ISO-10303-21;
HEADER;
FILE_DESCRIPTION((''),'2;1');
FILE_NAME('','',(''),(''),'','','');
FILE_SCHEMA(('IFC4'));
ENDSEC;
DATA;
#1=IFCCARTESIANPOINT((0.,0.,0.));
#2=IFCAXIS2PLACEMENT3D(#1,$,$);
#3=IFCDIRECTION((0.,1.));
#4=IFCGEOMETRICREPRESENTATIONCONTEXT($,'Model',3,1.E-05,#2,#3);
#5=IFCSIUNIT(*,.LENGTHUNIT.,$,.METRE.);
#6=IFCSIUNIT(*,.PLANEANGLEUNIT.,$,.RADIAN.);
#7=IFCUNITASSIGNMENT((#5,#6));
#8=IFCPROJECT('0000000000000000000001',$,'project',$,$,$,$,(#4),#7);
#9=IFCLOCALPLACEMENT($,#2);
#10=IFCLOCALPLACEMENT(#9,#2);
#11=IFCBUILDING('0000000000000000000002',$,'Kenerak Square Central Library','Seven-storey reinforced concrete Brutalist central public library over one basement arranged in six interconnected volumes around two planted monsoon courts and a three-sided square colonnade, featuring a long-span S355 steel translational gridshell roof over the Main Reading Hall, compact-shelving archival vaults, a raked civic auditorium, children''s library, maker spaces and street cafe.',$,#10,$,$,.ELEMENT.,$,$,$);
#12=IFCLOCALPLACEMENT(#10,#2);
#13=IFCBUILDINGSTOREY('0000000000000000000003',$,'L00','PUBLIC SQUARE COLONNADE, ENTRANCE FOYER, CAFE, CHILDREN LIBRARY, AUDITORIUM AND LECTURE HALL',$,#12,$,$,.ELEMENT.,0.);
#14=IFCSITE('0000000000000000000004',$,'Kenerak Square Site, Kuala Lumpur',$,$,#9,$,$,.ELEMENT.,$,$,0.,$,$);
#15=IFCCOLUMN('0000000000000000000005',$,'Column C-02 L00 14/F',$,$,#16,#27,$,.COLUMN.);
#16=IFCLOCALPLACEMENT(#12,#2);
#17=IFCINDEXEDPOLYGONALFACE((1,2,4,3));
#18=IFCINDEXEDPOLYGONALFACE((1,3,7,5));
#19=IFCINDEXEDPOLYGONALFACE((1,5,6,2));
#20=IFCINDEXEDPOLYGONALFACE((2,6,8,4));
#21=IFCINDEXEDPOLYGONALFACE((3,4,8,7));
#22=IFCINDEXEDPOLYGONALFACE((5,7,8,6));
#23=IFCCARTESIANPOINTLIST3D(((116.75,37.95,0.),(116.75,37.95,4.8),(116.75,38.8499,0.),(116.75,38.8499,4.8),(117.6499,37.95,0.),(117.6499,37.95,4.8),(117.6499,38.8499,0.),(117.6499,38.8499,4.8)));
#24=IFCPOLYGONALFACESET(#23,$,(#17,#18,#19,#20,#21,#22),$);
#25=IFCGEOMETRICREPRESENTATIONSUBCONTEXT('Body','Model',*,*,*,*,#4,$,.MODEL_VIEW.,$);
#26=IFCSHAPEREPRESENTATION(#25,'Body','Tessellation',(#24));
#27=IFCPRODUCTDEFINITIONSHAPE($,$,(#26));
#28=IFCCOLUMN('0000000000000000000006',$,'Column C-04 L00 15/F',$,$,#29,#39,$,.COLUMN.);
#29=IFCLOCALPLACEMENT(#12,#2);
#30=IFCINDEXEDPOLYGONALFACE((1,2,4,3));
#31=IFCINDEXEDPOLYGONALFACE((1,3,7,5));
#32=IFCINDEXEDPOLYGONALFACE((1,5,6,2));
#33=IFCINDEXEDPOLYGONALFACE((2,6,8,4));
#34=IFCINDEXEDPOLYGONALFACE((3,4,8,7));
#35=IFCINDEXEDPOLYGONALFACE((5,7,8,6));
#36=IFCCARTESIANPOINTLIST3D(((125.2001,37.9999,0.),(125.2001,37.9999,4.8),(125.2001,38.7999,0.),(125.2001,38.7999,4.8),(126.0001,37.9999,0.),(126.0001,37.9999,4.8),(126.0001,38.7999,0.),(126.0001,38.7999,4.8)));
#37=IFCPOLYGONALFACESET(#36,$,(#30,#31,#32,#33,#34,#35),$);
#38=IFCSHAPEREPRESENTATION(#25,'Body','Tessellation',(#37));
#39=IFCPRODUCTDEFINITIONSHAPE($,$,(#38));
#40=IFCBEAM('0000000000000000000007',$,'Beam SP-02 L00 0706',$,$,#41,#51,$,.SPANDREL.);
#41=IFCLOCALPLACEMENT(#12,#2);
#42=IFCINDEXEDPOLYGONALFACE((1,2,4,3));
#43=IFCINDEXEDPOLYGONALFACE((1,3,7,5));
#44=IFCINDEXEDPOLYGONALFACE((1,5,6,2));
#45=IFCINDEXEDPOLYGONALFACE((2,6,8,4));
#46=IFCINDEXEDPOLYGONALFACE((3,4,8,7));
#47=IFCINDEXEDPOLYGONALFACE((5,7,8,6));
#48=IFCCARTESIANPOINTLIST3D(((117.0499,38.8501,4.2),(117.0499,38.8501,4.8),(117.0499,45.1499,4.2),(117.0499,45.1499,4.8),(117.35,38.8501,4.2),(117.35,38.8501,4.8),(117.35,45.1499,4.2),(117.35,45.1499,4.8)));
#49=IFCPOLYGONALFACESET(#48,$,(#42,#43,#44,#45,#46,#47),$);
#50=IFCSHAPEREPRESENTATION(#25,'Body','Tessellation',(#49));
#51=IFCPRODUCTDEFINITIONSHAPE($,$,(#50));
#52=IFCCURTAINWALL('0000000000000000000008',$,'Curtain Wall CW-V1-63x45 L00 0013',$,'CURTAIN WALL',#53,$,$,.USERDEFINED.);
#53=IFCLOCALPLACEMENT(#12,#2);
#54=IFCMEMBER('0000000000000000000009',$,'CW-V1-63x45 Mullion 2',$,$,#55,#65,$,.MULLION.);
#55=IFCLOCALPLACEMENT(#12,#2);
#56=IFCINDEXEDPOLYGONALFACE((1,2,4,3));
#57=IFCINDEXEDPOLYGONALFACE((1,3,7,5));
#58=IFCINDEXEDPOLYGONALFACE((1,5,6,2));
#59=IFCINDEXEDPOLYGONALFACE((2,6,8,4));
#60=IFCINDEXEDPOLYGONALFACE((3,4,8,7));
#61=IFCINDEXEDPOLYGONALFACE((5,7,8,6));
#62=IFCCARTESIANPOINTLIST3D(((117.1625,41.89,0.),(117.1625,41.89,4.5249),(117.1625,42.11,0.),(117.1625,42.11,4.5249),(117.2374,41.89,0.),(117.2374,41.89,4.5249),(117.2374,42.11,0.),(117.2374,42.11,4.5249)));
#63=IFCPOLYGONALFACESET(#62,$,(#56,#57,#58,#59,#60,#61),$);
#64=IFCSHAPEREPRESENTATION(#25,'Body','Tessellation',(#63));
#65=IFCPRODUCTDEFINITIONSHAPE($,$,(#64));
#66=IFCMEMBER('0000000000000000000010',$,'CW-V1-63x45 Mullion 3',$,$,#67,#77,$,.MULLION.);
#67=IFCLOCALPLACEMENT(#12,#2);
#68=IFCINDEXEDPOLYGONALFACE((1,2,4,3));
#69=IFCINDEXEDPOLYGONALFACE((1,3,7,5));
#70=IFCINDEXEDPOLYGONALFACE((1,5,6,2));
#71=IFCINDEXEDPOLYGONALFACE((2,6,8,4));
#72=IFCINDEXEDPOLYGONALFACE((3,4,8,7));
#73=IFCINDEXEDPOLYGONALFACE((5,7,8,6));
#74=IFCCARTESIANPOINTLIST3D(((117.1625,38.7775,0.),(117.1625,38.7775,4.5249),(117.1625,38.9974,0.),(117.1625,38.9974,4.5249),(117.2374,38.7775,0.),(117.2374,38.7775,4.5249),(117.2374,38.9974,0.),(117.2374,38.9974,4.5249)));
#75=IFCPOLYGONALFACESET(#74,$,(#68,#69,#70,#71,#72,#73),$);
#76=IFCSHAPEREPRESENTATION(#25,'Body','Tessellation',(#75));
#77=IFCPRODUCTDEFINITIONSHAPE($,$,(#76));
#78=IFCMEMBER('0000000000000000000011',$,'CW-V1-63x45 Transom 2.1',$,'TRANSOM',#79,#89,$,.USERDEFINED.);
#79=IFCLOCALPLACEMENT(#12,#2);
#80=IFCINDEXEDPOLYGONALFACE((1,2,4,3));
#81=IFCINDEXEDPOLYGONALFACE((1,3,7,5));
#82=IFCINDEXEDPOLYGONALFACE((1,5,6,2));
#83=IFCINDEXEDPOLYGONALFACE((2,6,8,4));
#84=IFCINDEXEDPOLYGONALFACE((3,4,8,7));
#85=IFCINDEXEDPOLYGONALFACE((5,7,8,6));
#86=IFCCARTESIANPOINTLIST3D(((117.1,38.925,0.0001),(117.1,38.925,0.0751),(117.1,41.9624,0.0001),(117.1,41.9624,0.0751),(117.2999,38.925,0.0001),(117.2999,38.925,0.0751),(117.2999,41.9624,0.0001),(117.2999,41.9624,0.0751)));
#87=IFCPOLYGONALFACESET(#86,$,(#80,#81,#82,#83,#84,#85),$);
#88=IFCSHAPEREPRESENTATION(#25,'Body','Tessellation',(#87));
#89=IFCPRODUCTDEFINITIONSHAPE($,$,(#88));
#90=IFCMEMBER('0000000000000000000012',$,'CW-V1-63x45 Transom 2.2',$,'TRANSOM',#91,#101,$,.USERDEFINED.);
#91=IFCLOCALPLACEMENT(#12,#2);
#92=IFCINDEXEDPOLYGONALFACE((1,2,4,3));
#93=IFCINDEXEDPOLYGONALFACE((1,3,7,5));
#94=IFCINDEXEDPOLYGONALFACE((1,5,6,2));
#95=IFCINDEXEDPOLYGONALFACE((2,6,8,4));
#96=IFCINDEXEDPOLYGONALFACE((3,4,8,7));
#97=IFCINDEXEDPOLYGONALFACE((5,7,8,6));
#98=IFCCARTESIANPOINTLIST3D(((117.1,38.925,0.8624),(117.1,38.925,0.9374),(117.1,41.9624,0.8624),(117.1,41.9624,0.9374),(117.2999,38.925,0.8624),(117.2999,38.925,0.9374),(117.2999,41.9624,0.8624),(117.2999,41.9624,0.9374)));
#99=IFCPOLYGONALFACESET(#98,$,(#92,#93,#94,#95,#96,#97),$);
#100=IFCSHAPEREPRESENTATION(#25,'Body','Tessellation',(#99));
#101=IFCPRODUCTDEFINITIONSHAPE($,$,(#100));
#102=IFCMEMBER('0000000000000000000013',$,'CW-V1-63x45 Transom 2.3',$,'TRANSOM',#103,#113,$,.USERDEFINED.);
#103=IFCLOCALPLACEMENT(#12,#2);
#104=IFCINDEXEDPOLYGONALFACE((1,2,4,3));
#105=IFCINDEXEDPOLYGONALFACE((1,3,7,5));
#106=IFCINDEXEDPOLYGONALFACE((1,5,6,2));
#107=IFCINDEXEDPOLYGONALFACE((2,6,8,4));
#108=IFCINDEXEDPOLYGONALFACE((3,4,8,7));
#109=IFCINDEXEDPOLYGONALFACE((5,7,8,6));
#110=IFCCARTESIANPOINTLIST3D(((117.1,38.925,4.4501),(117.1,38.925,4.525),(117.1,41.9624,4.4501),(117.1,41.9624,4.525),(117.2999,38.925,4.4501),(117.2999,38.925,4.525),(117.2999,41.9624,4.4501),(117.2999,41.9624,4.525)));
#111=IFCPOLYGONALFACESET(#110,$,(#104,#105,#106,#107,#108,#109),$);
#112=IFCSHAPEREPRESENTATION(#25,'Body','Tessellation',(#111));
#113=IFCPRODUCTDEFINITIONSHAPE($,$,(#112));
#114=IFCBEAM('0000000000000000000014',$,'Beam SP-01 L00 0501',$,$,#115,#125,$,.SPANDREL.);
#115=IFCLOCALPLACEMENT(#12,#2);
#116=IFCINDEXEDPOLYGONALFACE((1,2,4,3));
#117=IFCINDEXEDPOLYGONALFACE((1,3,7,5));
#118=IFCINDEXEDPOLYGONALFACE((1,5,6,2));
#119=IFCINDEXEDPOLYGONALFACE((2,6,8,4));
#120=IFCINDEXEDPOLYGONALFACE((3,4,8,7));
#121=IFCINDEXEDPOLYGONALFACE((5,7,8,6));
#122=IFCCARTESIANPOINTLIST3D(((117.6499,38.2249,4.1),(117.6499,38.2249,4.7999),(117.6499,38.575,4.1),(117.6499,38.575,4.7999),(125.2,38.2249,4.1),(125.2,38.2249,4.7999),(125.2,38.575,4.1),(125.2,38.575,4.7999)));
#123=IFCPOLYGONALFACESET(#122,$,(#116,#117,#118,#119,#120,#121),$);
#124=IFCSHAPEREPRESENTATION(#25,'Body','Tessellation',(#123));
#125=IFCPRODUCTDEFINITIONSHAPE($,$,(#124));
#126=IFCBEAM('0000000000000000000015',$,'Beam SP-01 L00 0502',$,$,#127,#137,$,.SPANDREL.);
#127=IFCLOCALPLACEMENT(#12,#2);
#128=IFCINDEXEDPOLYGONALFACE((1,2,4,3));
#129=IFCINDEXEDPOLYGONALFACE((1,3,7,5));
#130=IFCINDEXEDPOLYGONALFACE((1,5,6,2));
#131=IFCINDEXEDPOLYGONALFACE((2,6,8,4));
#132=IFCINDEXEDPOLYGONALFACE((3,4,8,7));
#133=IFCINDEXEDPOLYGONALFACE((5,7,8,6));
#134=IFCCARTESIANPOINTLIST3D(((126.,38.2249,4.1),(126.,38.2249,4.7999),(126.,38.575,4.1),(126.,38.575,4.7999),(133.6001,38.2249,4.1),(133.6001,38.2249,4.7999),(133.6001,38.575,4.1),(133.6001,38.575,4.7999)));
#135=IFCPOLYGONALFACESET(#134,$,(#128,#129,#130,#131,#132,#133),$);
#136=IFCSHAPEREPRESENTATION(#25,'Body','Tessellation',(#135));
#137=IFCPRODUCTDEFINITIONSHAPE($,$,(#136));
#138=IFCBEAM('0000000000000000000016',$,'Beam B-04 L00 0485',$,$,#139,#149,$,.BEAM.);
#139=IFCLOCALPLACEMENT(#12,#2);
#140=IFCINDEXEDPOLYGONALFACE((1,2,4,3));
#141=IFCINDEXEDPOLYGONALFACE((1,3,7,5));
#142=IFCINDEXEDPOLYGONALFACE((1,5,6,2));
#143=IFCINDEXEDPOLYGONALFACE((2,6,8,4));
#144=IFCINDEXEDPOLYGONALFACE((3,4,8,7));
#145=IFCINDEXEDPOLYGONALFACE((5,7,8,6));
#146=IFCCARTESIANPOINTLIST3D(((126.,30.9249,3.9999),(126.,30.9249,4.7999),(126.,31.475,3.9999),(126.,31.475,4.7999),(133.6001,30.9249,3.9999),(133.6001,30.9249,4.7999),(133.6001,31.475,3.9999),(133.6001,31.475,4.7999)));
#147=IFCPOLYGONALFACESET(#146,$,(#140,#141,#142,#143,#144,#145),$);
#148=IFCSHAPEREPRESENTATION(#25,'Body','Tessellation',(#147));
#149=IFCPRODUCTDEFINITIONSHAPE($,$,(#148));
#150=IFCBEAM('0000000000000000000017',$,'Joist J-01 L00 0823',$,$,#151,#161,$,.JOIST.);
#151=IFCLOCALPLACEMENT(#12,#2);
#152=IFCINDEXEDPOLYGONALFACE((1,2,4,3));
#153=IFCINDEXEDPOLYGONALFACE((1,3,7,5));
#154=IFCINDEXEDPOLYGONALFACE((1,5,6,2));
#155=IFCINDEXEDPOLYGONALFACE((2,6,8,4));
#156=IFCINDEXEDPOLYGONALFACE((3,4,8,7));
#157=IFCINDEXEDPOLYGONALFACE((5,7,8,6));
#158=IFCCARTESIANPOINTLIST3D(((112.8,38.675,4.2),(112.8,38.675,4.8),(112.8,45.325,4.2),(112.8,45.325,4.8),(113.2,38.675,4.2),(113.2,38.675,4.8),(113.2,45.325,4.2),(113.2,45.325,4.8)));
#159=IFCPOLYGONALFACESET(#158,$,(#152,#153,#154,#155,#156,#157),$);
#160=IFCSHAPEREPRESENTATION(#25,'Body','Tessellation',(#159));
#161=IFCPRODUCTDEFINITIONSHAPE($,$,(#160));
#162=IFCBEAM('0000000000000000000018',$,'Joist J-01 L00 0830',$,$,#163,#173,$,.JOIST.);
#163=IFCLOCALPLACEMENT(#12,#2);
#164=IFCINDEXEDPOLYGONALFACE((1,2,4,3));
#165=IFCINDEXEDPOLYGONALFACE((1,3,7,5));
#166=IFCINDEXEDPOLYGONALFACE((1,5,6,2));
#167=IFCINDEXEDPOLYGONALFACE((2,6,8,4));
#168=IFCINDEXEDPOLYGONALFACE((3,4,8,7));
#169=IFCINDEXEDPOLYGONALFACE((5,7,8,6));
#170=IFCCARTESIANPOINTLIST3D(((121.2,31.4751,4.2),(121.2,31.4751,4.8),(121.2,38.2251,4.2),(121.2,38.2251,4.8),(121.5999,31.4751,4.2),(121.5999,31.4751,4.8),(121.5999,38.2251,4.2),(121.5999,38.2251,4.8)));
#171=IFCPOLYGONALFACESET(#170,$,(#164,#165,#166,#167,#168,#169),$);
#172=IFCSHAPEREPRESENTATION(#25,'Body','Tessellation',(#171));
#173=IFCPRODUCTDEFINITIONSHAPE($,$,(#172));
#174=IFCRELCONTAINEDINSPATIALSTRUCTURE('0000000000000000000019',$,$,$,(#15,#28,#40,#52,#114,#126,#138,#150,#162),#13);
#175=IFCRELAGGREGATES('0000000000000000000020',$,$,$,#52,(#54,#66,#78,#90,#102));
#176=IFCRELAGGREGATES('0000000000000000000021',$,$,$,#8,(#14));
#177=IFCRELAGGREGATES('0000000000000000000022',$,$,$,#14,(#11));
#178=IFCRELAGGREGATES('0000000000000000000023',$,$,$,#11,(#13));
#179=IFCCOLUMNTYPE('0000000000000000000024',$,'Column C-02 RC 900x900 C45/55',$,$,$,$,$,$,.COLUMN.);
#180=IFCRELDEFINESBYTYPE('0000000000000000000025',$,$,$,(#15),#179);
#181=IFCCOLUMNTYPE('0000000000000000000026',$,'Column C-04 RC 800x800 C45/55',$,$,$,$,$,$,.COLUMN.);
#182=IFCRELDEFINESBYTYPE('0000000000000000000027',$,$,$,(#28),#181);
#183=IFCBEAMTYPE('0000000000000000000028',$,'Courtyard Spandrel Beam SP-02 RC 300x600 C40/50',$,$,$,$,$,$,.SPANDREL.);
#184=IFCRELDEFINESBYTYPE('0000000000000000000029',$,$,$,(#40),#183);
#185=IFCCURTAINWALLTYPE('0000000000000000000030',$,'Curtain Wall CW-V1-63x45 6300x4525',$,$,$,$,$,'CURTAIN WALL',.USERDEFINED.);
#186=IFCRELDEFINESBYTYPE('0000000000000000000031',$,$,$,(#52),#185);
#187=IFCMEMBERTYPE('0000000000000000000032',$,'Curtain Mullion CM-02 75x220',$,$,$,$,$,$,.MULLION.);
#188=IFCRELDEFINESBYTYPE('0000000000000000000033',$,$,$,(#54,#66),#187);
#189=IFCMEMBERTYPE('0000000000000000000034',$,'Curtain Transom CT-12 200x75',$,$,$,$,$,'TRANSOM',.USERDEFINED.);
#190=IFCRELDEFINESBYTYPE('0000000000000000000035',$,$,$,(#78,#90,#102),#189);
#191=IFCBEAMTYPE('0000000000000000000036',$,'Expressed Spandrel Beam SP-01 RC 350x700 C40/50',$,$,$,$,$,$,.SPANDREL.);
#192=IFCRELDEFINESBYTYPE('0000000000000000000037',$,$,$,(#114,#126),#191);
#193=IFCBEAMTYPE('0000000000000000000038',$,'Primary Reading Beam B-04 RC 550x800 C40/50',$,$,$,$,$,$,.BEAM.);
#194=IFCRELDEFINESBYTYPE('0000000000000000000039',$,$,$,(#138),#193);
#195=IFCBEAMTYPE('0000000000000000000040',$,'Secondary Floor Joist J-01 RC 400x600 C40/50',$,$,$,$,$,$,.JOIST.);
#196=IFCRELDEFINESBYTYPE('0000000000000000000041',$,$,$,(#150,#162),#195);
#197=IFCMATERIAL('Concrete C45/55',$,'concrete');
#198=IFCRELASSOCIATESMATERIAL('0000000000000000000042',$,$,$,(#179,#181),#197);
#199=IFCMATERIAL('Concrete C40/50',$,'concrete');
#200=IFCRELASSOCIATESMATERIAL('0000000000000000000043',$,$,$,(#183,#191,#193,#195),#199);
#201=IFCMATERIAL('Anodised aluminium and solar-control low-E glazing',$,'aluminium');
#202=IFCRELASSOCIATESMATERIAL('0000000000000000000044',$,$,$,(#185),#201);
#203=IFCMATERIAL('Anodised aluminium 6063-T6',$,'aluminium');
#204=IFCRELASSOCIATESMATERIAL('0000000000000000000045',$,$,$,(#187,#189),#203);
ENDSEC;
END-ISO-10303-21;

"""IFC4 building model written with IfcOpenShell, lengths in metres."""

from ifc_helpers import new_model, si_unit, direction, frame, origin, origin_2d, place, context, subcontext, project, spatial, rectangle, extrude, material, material_profile, profile_set, type_object, element, aggregate, save


model = new_model("IFC4")

# Units and contexts
model_context = context("Model", 3, precision=1e-05, world=origin(), true_north=direction((0.0, 1.0)))
body_context = subcontext(model_context, "Body", "Model", "MODEL_VIEW")
ifc_project = project(units=[si_unit("LENGTHUNIT", "METRE"), si_unit("PLANEANGLEUNIT", "RADIAN")], contexts=[model_context])

# Site, building, storey
site_placement = place(None, origin())
site = spatial("IfcSite", under=ifc_project, at=site_placement, Name="Kenerak Square Site, Kuala Lumpur", CompositionType="ELEMENT", RefElevation=0.0)
building_placement = place(site_placement, origin())
building = spatial("IfcBuilding", under=site, at=building_placement, Name="Kenerak Square Central Library", Description="Seven-storey reinforced concrete Brutalist central public library over one basement arranged in six interconnected volumes around two planted monsoon courts and a three-sided square colonnade, featuring a long-span S355 steel translational gridshell roof over the Main Reading Hall, compact-shelving archival vaults, a raked civic auditorium, children's library, maker spaces and street cafe.", CompositionType="ELEMENT")
storey_placement = place(building_placement, origin())
storey = spatial("IfcBuildingStorey", under=building, at=storey_placement, Name="L00", Description="PUBLIC SQUARE COLONNADE, ENTRANCE FOYER, CAFE, CHILDREN LIBRARY, AUDITORIUM AND LECTURE HALL", CompositionType="ELEMENT", Elevation=0.0)

# Columns
ifc_material_1 = material(Name="Concrete C45/55", Category="concrete")
ifc_material_profile_1 = material_profile(ifc_material_1, rectangle(XDim=0.8999, YDim=0.8999, at=origin_2d()), Name="RC 900x900")
ifc_profile_set_1 = profile_set([ifc_material_profile_1], Name="Concrete C45/55")
column_type_1 = type_object("IfcColumnType", Name="Column C-02 RC 900x900 C45/55", PredefinedType="COLUMN", material=ifc_profile_set_1)
column_1_placement = place(storey_placement, frame((117.2, 38.3999, 0.0), z_axis=(0.0, 0.0, 1.0), x_axis=(1.0, 0.0, 0.0)))
element("IfcColumn", 1, at=column_1_placement, inside=storey, type_object=column_type_1, Name="Column C-02 L00 14/F", PredefinedType="COLUMN", context=body_context, shape_type="SweptSolid", body=[
    extrude(rectangle(XDim=0.8999, YDim=0.8999, at=origin_2d()), origin(), (0.0, 0.0, 1.0), 4.8),
])
ifc_material_profile_2 = material_profile(ifc_material_1, rectangle(XDim=0.8, YDim=0.8, at=origin_2d()), Name="RC 800x800")
ifc_profile_set_2 = profile_set([ifc_material_profile_2], Name="Concrete C45/55")
column_type_2 = type_object("IfcColumnType", Name="Column C-04 RC 800x800 C45/55", PredefinedType="COLUMN", material=ifc_profile_set_2)
column_2_placement = place(storey_placement, frame((125.6001, 38.3999, 0.0), z_axis=(0.0, 0.0, 1.0), x_axis=(1.0, 0.0, 0.0)))
element("IfcColumn", 2, at=column_2_placement, inside=storey, type_object=column_type_2, Name="Column C-04 L00 15/F", PredefinedType="COLUMN", context=body_context, shape_type="SweptSolid", body=[
    extrude(rectangle(XDim=0.8, YDim=0.8, at=origin_2d()), origin(), (0.0, 0.0, 1.0), 4.8),
])

# Beam
ifc_material_2 = material(Name="Concrete C40/50", Category="concrete")
ifc_material_profile_3 = material_profile(ifc_material_2, rectangle(XDim=0.3, YDim=0.6001, at=origin_2d()), Name="RC 300x600")
ifc_profile_set_3 = profile_set([ifc_material_profile_3], Name="Concrete C40/50")
beam_type_1 = type_object("IfcBeamType", Name="Courtyard Spandrel Beam SP-02 RC 300x600 C40/50", PredefinedType="SPANDREL", material=ifc_profile_set_3)
beam_1_placement = place(storey_placement, frame((117.2, 38.8501, 4.5), z_axis=(0.0, 1.0, 0.0), x_axis=(-1.0, 0.0, 0.0)))
element("IfcBeam", 3, at=beam_1_placement, inside=storey, type_object=beam_type_1, Name="Beam SP-02 L00 0706", PredefinedType="SPANDREL", context=body_context, shape_type="SweptSolid", body=[
    extrude(rectangle(XDim=0.3, YDim=0.6001, at=origin_2d()), origin(), (0.0, 0.0, 1.0), 6.2998),
])

# Curtain wall, members
ifc_material_3 = material(Name="Anodised aluminium and solar-control low-E glazing", Category="aluminium")
curtain_wall_type = type_object("IfcCurtainWallType", Name="Curtain Wall CW-V1-63x45 6300x4525", ElementType="CURTAIN WALL", PredefinedType="USERDEFINED", material=ifc_material_3)
curtain_wall_placement = place(storey_placement, origin())
curtain_wall = element("IfcCurtainWall", 4, at=curtain_wall_placement, inside=storey, type_object=curtain_wall_type, Name="Curtain Wall CW-V1-63x45 L00 0013", ObjectType="CURTAIN WALL", PredefinedType="USERDEFINED")
ifc_material_4 = material(Name="Anodised aluminium 6063-T6", Category="aluminium")
ifc_material_profile_4 = material_profile(ifc_material_4, rectangle(XDim=0.075, YDim=0.22, at=origin_2d()), Name="AL MULLION 75x220")
ifc_profile_set_4 = profile_set([ifc_material_profile_4], Name="Anodised aluminium 6063-T6")
member_type_1 = type_object("IfcMemberType", Name="Curtain Mullion CM-02 75x220", PredefinedType="MULLION", material=ifc_profile_set_4)
member_1_placement = place(storey_placement, frame((117.2, 42.0, 0.0), z_axis=(0.0, 0.0, 1.0), x_axis=(1.0, 0.0, 0.0)))
member_1 = element("IfcMember", 5, at=member_1_placement, type_object=member_type_1, Name="CW-V1-63x45 Mullion 2", PredefinedType="MULLION", context=body_context, shape_type="SweptSolid", body=[
    extrude(rectangle(XDim=0.075, YDim=0.22, at=origin_2d()), origin(), (0.0, 0.0, 1.0), 4.5249),
])
member_2_placement = place(storey_placement, frame((117.2, 38.8875, 0.0), z_axis=(0.0, 0.0, 1.0), x_axis=(1.0, 0.0, 0.0)))
member_2 = element("IfcMember", 6, at=member_2_placement, type_object=member_type_1, Name="CW-V1-63x45 Mullion 3", PredefinedType="MULLION", context=body_context, shape_type="SweptSolid", body=[
    extrude(rectangle(XDim=0.075, YDim=0.22, at=origin_2d()), origin(), (0.0, 0.0, 1.0), 4.5249),
])
ifc_material_profile_5 = material_profile(ifc_material_4, rectangle(XDim=0.2, YDim=0.075, at=origin_2d()), Name="AL TRANSOM 200x75")
ifc_profile_set_5 = profile_set([ifc_material_profile_5], Name="Anodised aluminium 6063-T6")
member_type_2 = type_object("IfcMemberType", Name="Curtain Transom CT-12 200x75", ElementType="TRANSOM", PredefinedType="USERDEFINED", material=ifc_profile_set_5)
member_3_placement = place(storey_placement, frame((117.2, 41.9624, 0.0376), z_axis=(0.0, -1.0, 0.0), x_axis=(1.0, 0.0, 0.0)))
member_3 = element("IfcMember", 7, at=member_3_placement, type_object=member_type_2, Name="CW-V1-63x45 Transom 2.1", ObjectType="TRANSOM", PredefinedType="USERDEFINED", context=body_context, shape_type="SweptSolid", body=[
    extrude(rectangle(XDim=0.2, YDim=0.075, at=origin_2d()), origin(), (0.0, 0.0, 1.0), 3.0374),
])
member_4_placement = place(storey_placement, frame((117.2, 41.9624, 0.8999), z_axis=(0.0, -1.0, 0.0), x_axis=(1.0, 0.0, 0.0)))
member_4 = element("IfcMember", 8, at=member_4_placement, type_object=member_type_2, Name="CW-V1-63x45 Transom 2.2", ObjectType="TRANSOM", PredefinedType="USERDEFINED", context=body_context, shape_type="SweptSolid", body=[
    extrude(rectangle(XDim=0.2, YDim=0.075, at=origin_2d()), origin(), (0.0, 0.0, 1.0), 3.0374),
])
member_5_placement = place(storey_placement, frame((117.2, 41.9624, 4.4875), z_axis=(0.0, -1.0, 0.0), x_axis=(1.0, 0.0, 0.0)))
member_5 = element("IfcMember", 9, at=member_5_placement, type_object=member_type_2, Name="CW-V1-63x45 Transom 2.3", ObjectType="TRANSOM", PredefinedType="USERDEFINED", context=body_context, shape_type="SweptSolid", body=[
    extrude(rectangle(XDim=0.2, YDim=0.075, at=origin_2d()), origin(), (0.0, 0.0, 1.0), 3.0374),
])

# Beams
ifc_material_profile_6 = material_profile(ifc_material_2, rectangle(XDim=0.3501, YDim=0.7, at=origin_2d()), Name="RC 350x700")
ifc_profile_set_6 = profile_set([ifc_material_profile_6], Name="Concrete C40/50")
beam_type_2 = type_object("IfcBeamType", Name="Expressed Spandrel Beam SP-01 RC 350x700 C40/50", PredefinedType="SPANDREL", material=ifc_profile_set_6)
beam_2_placement = place(storey_placement, frame((117.6499, 38.3999, 4.45), z_axis=(1.0, 0.0, 0.0), x_axis=(0.0, 1.0, 0.0)))
element("IfcBeam", 10, at=beam_2_placement, inside=storey, type_object=beam_type_2, Name="Beam SP-01 L00 0501", PredefinedType="SPANDREL", context=body_context, shape_type="SweptSolid", body=[
    extrude(rectangle(XDim=0.3501, YDim=0.7, at=origin_2d()), origin(), (0.0, 0.0, 1.0), 7.55),
])
beam_3_placement = place(storey_placement, frame((126.0, 38.3999, 4.45), z_axis=(1.0, 0.0, 0.0), x_axis=(0.0, 1.0, 0.0)))
element("IfcBeam", 11, at=beam_3_placement, inside=storey, type_object=beam_type_2, Name="Beam SP-01 L00 0502", PredefinedType="SPANDREL", context=body_context, shape_type="SweptSolid", body=[
    extrude(rectangle(XDim=0.3501, YDim=0.7, at=origin_2d()), origin(), (0.0, 0.0, 1.0), 7.6001),
])
ifc_material_profile_7 = material_profile(ifc_material_2, rectangle(XDim=0.55, YDim=0.8, at=origin_2d()), Name="RC 550x800")
ifc_profile_set_7 = profile_set([ifc_material_profile_7], Name="Concrete C40/50")
beam_type_3 = type_object("IfcBeamType", Name="Primary Reading Beam B-04 RC 550x800 C40/50", PredefinedType="BEAM", material=ifc_profile_set_7)
beam_4_placement = place(storey_placement, frame((126.0, 31.2, 4.3999), z_axis=(1.0, 0.0, 0.0), x_axis=(0.0, 1.0, 0.0)))
element("IfcBeam", 12, at=beam_4_placement, inside=storey, type_object=beam_type_3, Name="Beam B-04 L00 0485", PredefinedType="BEAM", context=body_context, shape_type="SweptSolid", body=[
    extrude(rectangle(XDim=0.55, YDim=0.8, at=origin_2d()), origin(), (0.0, 0.0, 1.0), 7.6001),
])
ifc_material_profile_8 = material_profile(ifc_material_2, rectangle(XDim=0.3999, YDim=0.6001, at=origin_2d()), Name="RC 400x600")
ifc_profile_set_8 = profile_set([ifc_material_profile_8], Name="Concrete C40/50")
beam_type_4 = type_object("IfcBeamType", Name="Secondary Floor Joist J-01 RC 400x600 C40/50", PredefinedType="JOIST", material=ifc_profile_set_8)
beam_5_placement = place(storey_placement, frame((113.0, 38.675, 4.5), z_axis=(0.0, 1.0, 0.0), x_axis=(-1.0, 0.0, 0.0)))
element("IfcBeam", 13, at=beam_5_placement, inside=storey, type_object=beam_type_4, Name="Joist J-01 L00 0823", PredefinedType="JOIST", context=body_context, shape_type="SweptSolid", body=[
    extrude(rectangle(XDim=0.3999, YDim=0.6001, at=origin_2d()), origin(), (0.0, 0.0, 1.0), 6.6499),
])
beam_6_placement = place(storey_placement, frame((121.3999, 31.4751, 4.5), z_axis=(0.0, 1.0, 0.0), x_axis=(-1.0, 0.0, 0.0)))
element("IfcBeam", 14, at=beam_6_placement, inside=storey, type_object=beam_type_4, Name="Joist J-01 L00 0830", PredefinedType="JOIST", context=body_context, shape_type="SweptSolid", body=[
    extrude(rectangle(XDim=0.3999, YDim=0.6001, at=origin_2d()), origin(), (0.0, 0.0, 1.0), 6.75),
])

aggregate(curtain_wall, [member_1, member_2, member_3, member_4, member_5])

save(model, "model.ifc")
